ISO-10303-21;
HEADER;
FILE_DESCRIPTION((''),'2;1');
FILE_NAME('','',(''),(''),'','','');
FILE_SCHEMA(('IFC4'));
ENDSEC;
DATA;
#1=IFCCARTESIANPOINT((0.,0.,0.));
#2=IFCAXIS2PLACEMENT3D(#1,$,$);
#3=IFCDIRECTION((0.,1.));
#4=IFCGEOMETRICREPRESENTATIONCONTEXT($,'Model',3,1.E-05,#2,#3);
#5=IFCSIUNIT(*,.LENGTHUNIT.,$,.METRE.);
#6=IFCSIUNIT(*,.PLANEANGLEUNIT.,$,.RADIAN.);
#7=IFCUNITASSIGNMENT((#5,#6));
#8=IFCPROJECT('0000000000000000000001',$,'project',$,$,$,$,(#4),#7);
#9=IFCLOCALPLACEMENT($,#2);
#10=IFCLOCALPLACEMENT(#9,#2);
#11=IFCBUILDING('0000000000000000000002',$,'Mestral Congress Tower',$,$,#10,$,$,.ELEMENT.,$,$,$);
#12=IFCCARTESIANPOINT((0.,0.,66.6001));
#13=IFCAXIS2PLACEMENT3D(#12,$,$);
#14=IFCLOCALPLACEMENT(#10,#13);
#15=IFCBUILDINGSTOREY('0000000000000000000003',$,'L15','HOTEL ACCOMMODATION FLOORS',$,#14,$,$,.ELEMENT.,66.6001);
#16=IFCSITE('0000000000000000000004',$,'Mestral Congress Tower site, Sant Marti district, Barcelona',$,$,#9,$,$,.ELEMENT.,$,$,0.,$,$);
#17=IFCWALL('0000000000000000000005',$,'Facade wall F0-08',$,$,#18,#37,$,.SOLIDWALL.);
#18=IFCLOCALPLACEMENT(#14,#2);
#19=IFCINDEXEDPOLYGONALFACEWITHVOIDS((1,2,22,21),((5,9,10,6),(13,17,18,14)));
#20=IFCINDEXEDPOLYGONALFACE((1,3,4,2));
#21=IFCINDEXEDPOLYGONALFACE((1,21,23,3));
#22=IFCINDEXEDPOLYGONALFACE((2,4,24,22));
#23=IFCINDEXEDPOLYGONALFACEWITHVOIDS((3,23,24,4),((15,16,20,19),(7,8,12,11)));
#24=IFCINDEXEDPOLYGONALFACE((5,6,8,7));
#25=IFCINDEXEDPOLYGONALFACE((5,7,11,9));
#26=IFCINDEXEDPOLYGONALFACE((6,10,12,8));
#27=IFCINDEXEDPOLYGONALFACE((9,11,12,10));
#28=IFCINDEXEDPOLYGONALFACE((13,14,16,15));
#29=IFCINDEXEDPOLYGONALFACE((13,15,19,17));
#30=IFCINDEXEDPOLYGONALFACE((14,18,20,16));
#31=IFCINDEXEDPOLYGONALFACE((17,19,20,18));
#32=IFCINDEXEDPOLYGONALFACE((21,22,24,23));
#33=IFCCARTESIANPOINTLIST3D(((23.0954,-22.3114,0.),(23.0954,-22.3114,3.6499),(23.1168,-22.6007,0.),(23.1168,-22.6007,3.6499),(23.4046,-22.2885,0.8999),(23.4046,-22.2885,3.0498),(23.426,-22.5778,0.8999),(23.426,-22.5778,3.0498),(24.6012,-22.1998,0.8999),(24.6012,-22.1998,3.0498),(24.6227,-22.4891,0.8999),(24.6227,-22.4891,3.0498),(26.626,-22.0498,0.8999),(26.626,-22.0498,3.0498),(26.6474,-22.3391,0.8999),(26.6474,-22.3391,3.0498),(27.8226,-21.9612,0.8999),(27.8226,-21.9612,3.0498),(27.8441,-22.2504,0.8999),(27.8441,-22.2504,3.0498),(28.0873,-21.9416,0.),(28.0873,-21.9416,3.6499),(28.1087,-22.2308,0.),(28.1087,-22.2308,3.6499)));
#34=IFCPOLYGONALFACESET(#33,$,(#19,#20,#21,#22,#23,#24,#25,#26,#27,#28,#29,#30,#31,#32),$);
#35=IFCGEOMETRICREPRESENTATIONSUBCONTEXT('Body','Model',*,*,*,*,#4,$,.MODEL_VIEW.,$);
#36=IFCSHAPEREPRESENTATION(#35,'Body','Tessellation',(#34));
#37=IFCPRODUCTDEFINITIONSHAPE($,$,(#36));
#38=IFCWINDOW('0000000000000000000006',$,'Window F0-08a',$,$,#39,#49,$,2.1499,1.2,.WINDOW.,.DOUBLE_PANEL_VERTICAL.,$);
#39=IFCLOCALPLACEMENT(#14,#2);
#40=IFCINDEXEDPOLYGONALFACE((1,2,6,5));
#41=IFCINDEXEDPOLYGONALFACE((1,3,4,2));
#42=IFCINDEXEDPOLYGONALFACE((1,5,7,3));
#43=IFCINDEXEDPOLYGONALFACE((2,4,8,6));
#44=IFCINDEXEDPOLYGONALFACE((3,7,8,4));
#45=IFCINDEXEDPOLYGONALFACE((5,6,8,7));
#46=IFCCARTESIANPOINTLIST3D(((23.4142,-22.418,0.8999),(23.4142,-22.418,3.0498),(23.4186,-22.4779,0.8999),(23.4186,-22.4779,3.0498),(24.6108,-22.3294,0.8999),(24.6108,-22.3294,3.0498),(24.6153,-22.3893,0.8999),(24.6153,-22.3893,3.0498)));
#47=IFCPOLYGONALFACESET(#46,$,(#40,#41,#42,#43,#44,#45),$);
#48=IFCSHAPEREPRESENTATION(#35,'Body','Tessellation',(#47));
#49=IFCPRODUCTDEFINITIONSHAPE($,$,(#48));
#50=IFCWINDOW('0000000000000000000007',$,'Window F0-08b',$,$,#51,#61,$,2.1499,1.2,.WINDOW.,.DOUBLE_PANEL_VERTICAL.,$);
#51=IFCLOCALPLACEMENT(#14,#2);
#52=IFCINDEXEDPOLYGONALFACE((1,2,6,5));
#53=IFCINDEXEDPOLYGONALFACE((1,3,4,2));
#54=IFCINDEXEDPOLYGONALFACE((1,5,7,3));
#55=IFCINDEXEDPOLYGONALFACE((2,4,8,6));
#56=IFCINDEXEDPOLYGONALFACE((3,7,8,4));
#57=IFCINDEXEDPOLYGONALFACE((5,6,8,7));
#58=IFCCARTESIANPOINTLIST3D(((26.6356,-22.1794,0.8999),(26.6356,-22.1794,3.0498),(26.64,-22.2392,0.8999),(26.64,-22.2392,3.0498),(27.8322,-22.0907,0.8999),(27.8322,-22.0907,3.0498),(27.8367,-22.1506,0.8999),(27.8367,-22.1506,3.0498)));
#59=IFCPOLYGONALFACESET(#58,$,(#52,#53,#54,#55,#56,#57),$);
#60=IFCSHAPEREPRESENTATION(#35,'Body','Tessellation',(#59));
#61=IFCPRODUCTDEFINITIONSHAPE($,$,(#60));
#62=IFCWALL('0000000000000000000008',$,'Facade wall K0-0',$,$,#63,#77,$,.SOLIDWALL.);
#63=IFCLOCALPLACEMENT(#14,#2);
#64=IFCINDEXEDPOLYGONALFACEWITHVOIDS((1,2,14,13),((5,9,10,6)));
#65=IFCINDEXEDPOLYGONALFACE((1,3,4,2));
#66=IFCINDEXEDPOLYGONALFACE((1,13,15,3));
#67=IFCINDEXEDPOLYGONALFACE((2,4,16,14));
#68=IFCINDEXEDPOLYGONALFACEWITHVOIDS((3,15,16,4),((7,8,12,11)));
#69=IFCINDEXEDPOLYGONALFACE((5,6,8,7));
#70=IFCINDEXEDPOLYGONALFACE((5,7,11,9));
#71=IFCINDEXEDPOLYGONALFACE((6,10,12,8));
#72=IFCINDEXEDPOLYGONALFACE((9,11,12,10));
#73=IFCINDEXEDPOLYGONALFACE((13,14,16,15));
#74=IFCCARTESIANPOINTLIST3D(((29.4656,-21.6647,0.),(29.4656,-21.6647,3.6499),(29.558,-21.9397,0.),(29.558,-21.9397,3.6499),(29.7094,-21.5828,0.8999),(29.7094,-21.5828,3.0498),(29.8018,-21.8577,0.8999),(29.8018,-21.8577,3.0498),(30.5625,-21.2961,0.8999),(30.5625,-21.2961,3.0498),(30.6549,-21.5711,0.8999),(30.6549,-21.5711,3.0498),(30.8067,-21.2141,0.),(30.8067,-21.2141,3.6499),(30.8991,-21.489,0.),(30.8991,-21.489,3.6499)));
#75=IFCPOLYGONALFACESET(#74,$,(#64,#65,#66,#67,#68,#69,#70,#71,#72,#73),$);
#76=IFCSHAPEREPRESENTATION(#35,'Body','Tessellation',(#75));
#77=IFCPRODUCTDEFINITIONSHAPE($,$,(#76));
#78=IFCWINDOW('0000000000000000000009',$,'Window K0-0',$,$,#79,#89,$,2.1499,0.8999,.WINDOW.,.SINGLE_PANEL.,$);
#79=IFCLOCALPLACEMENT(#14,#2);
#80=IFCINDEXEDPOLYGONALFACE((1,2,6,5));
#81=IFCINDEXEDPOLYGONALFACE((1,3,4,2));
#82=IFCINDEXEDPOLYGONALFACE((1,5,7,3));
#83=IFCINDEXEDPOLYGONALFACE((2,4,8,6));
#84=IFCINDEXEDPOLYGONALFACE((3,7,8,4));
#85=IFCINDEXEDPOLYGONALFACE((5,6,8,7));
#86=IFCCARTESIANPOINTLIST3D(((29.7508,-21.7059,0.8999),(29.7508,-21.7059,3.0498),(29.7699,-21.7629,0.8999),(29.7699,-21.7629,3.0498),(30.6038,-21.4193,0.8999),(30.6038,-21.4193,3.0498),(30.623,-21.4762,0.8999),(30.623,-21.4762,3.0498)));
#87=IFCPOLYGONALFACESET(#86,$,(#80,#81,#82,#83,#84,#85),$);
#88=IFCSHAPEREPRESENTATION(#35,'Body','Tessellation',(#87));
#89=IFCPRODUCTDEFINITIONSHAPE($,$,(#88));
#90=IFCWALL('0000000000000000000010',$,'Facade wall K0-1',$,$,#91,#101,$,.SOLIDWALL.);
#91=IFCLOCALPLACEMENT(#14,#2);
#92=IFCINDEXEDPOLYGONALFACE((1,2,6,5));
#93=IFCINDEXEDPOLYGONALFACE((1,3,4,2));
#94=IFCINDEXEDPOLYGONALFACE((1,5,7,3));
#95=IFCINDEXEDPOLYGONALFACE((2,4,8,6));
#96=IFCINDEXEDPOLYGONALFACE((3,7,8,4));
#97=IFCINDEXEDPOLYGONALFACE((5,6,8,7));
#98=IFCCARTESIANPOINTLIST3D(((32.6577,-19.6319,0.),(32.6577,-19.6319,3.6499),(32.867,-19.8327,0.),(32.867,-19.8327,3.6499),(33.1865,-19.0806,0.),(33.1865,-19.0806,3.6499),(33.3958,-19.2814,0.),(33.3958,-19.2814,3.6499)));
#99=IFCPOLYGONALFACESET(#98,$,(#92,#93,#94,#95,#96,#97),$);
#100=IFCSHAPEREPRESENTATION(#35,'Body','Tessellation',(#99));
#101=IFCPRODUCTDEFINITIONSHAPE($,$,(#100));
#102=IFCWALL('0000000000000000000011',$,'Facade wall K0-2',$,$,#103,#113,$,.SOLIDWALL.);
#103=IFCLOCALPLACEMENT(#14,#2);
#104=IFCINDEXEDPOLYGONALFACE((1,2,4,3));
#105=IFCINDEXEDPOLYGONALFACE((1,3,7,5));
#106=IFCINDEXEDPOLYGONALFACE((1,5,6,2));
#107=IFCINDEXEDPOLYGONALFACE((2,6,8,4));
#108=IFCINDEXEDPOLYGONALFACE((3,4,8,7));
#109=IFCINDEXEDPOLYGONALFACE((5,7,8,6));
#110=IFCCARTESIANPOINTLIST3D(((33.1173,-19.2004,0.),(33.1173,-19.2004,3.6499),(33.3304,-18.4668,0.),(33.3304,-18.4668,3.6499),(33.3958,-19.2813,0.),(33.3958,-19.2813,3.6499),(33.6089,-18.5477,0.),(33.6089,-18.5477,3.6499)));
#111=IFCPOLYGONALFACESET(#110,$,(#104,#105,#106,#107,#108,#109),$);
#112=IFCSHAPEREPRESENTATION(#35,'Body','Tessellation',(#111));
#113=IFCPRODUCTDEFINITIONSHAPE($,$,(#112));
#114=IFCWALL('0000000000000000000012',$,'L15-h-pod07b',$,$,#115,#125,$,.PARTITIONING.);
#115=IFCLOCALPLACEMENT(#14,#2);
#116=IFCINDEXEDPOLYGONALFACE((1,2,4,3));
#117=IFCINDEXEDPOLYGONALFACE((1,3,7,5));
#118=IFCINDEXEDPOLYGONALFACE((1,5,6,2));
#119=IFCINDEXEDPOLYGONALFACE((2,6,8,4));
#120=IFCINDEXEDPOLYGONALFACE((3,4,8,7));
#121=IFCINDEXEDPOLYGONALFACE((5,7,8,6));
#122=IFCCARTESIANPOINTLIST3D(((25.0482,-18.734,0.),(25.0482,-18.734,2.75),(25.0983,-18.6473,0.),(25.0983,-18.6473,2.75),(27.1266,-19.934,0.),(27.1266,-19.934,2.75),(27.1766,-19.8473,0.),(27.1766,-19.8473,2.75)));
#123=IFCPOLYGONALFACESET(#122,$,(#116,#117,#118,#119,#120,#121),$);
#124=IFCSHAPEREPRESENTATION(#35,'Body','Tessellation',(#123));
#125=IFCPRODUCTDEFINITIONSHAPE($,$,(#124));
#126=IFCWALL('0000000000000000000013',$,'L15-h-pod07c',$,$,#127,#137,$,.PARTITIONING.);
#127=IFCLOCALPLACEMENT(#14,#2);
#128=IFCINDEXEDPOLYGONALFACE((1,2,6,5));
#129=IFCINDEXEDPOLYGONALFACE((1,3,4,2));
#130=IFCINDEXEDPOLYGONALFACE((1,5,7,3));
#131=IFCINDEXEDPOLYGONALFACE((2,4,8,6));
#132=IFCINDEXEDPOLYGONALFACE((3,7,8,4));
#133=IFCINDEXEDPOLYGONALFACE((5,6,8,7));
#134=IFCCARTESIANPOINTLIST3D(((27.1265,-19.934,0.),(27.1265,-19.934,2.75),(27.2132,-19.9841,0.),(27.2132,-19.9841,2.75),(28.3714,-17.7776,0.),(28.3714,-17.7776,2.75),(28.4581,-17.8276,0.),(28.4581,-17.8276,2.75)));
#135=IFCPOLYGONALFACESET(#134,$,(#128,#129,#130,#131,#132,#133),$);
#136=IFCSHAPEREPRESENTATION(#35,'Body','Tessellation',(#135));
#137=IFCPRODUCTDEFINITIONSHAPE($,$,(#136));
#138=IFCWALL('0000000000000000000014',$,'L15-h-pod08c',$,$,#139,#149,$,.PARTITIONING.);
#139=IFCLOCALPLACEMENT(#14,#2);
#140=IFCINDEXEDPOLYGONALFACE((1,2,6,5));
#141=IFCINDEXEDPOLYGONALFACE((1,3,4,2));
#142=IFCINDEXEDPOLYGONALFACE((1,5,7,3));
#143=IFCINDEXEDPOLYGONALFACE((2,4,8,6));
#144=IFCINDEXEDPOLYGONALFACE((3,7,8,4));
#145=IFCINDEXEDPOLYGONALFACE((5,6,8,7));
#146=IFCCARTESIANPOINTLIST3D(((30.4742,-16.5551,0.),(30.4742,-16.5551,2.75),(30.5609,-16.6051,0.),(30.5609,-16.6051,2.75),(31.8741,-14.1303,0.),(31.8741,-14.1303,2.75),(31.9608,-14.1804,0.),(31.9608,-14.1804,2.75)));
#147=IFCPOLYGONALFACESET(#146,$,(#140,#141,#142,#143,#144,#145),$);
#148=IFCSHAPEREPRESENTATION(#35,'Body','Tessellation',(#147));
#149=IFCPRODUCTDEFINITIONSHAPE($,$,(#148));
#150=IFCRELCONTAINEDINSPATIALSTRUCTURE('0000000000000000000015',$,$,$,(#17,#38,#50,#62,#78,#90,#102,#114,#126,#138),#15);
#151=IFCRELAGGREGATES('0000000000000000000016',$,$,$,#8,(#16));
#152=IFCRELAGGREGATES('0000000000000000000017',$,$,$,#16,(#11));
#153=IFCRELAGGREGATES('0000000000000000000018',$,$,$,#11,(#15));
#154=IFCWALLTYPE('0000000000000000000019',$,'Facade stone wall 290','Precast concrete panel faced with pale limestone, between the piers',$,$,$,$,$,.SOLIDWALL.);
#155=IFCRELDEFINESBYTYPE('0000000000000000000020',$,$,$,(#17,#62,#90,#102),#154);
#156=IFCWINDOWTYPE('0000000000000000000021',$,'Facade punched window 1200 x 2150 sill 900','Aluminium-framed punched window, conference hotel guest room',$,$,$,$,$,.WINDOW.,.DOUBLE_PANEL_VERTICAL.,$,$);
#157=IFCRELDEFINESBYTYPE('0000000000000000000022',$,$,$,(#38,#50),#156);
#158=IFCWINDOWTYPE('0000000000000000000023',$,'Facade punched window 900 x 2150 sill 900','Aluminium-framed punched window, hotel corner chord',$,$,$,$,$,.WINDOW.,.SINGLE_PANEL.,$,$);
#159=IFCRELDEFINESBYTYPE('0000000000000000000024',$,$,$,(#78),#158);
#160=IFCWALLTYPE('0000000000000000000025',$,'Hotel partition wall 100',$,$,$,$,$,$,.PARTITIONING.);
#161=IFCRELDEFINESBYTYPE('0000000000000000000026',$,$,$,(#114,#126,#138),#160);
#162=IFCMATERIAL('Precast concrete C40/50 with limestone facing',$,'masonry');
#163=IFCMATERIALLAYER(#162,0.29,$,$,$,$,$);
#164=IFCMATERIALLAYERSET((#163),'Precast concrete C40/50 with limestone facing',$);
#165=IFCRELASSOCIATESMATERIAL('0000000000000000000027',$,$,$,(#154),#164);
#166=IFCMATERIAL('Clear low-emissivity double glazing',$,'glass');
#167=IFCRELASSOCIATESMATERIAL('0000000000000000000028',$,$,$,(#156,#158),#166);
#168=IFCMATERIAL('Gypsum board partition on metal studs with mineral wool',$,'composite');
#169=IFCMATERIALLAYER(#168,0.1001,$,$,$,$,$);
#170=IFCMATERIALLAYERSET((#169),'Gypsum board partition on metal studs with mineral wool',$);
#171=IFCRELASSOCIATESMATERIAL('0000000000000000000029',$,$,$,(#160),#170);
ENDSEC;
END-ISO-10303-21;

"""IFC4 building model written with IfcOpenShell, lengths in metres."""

from ifc_helpers import new_model, si_unit, direction, frame, frame_2d, origin, place, context, subcontext, project, spatial, rectangle, extrude, material, layer, layer_set, type_object, element, fill, save


model = new_model("IFC4")

# Units and contexts
model_context = context("Model", 3, precision=1e-05, world=origin(), true_north=direction((0.0, 1.0)))
body_context = subcontext(model_context, "Body", "Model", "MODEL_VIEW")
ifc_project = project(units=[si_unit("LENGTHUNIT", "METRE"), si_unit("PLANEANGLEUNIT", "RADIAN")], contexts=[model_context])

# Site, building, storey
site_placement = place(None, origin())
site = spatial("IfcSite", under=ifc_project, at=site_placement, Name="Mestral Congress Tower site, Sant Marti district, Barcelona", CompositionType="ELEMENT", RefElevation=0.0)
building_placement = place(site_placement, origin())
building = spatial("IfcBuilding", under=site, at=building_placement, Name="Mestral Congress Tower", CompositionType="ELEMENT")
storey_placement = place(building_placement, frame((0.0, 0.0, 66.6001)))
storey = spatial("IfcBuildingStorey", under=building, at=storey_placement, Name="L15", Description="HOTEL ACCOMMODATION FLOORS", CompositionType="ELEMENT", Elevation=66.6001)

# Wall, openings, windows
ifc_material_1 = material(Name="Precast concrete C40/50 with limestone facing", Category="masonry")
ifc_layer_1 = layer(ifc_material_1, 0.29)
ifc_layer_set_1 = layer_set([ifc_layer_1], Name="Precast concrete C40/50 with limestone facing")
wall_type_1 = type_object("IfcWallType", Name="Facade stone wall 290", Description="Precast concrete panel faced with pale limestone, between the piers", PredefinedType="SOLIDWALL", material=ifc_layer_set_1)
ifc_material_2 = material(Name="Clear low-emissivity double glazing", Category="glass")
window_type_1 = type_object("IfcWindowType", Name="Facade punched window 1200 x 2150 sill 900", Description="Aluminium-framed punched window, conference hotel guest room", PartitioningType="DOUBLE_PANEL_VERTICAL", PredefinedType="WINDOW", material=ifc_material_2)
wall_1_placement = place(storey_placement, frame((23.106, -22.4561, 0.0), z_axis=(0.0, 0.0, 1.0), x_axis=(0.997266, 0.073891, 0.0)))
wall_1 = element("IfcWall", 1, at=wall_1_placement, inside=storey, type_object=wall_type_1, Name="Facade wall F0-08", PredefinedType="SOLIDWALL", context=body_context, shape_type="SweptSolid", body=[
    extrude(rectangle(XDim=5.0056, YDim=0.29, at=frame_2d((2.5029, 0.0))), origin(), (0.0, 0.0, 1.0), 3.6499),
])
opening_1_placement = place(wall_1_placement, frame((0.3101, 0.0, 0.8999)))
opening_1 = element("IfcOpeningElement", 2, at=opening_1_placement, cuts=wall_1, PredefinedType="OPENING", context=body_context, shape_type="SweptSolid", body=[
    extrude(rectangle(XDim=1.2, YDim=2.1499, at=frame_2d((0.6001, 1.075))), frame((0.0, 0.155, 0.0), z_axis=(0.0, -1.0, 0.0), x_axis=(1.0, 0.0, 0.0)), (0.0, 0.0, 1.0), 0.3101),
])
opening_2_placement = place(wall_1_placement, frame((3.5403, 0.0, 0.8999)))
opening_2 = element("IfcOpeningElement", 3, at=opening_2_placement, cuts=wall_1, PredefinedType="OPENING", context=body_context, shape_type="SweptSolid", body=[
    extrude(rectangle(XDim=1.2, YDim=2.1499, at=frame_2d((0.6001, 1.075))), frame((0.0, 0.155, 0.0), z_axis=(0.0, -1.0, 0.0), x_axis=(1.0, 0.0, 0.0)), (0.0, 0.0, 1.0), 0.3101),
])
window_1_placement = place(opening_1_placement, origin())
window_1 = element("IfcWindow", 4, at=window_1_placement, inside=storey, type_object=window_type_1, Name="Window F0-08a", OverallHeight=2.1499, OverallWidth=1.2, PartitioningType="DOUBLE_PANEL_VERTICAL", PredefinedType="WINDOW", context=body_context, shape_type="SweptSolid", body=[
    extrude(rectangle(XDim=1.2, YDim=2.1499, at=frame_2d((0.6001, 1.075))), frame((0.0, 0.0151, 0.0), z_axis=(0.0, -1.0, 0.0), x_axis=(1.0, 0.0, 0.0)), (0.0, 0.0, 1.0), 0.0601),
])
fill(opening_1, window_1)
window_2_placement = place(opening_2_placement, origin())
window_2 = element("IfcWindow", 5, at=window_2_placement, inside=storey, type_object=window_type_1, Name="Window F0-08b", OverallHeight=2.1499, OverallWidth=1.2, PartitioningType="DOUBLE_PANEL_VERTICAL", PredefinedType="WINDOW", context=body_context, shape_type="SweptSolid", body=[
    extrude(rectangle(XDim=1.2, YDim=2.1499, at=frame_2d((0.6001, 1.075))), frame((0.0, 0.0151, 0.0), z_axis=(0.0, -1.0, 0.0), x_axis=(1.0, 0.0, 0.0)), (0.0, 0.0, 1.0), 0.0601),
])
fill(opening_2, window_2)

# Wall, opening, window
wall_2_placement = place(storey_placement, frame((29.5117, -21.8022, 0.0), z_axis=(0.0, 0.0, 1.0), x_axis=(0.947904, 0.318556, 0.0)))
wall_2 = element("IfcWall", 6, at=wall_2_placement, inside=storey, type_object=wall_type_1, Name="Facade wall K0-0", PredefinedType="SOLIDWALL", context=body_context, shape_type="SweptSolid", body=[
    extrude(rectangle(XDim=1.4148, YDim=0.29, at=frame_2d((0.7075, 0.0))), origin(), (0.0, 0.0, 1.0), 3.6499),
])
opening_3_placement = place(wall_2_placement, frame((0.2573, 0.0, 0.8999)))
opening_3 = element("IfcOpeningElement", 7, at=opening_3_placement, cuts=wall_2, PredefinedType="OPENING", context=body_context, shape_type="SweptSolid", body=[
    extrude(rectangle(XDim=0.8999, YDim=2.1499, at=frame_2d((0.45, 1.075))), frame((0.0, 0.155, 0.0), z_axis=(0.0, -1.0, 0.0), x_axis=(1.0, 0.0, 0.0)), (0.0, 0.0, 1.0), 0.3101),
])
window_type_2 = type_object("IfcWindowType", Name="Facade punched window 900 x 2150 sill 900", Description="Aluminium-framed punched window, hotel corner chord", PartitioningType="SINGLE_PANEL", PredefinedType="WINDOW", material=ifc_material_2)
window_3_placement = place(opening_3_placement, origin())
window_3 = element("IfcWindow", 8, at=window_3_placement, inside=storey, type_object=window_type_2, Name="Window K0-0", OverallHeight=2.1499, OverallWidth=0.8999, PartitioningType="SINGLE_PANEL", PredefinedType="WINDOW", context=body_context, shape_type="SweptSolid", body=[
    extrude(rectangle(XDim=0.8999, YDim=2.1499, at=frame_2d((0.45, 1.075))), frame((0.0, 0.0151, 0.0), z_axis=(0.0, -1.0, 0.0), x_axis=(1.0, 0.0, 0.0)), (0.0, 0.0, 1.0), 0.0601),
])
fill(opening_3, window_3)

# Walls
for number, where, z_axis, x_axis, name in (
    (9, (32.7625, -19.7322, 0.0), (0.0, 0.0, 1.0), (0.692252, 0.721656, 0.0), "Facade wall K0-1"),
    (10, (33.2566, -19.2407, 0.0), (0.0, 0.0, 1.0), (0.278981, 0.960297, 0.0), "Facade wall K0-2"),
):
    element("IfcWall", number, at=place(storey_placement, frame(where, z_axis=z_axis, x_axis=x_axis)), inside=storey, type_object=wall_type_1, Name=name, PredefinedType="SOLIDWALL", context=body_context, shape_type="SweptSolid", body=[
        extrude(rectangle(XDim=0.7639, YDim=0.29, at=frame_2d((0.3818, 0.0))), origin(), (0.0, 0.0, 1.0), 3.6499),
    ])
ifc_material_3 = material(Name="Gypsum board partition on metal studs with mineral wool", Category="composite")
ifc_layer_2 = layer(ifc_material_3, 0.1001)
ifc_layer_set_2 = layer_set([ifc_layer_2], Name="Gypsum board partition on metal studs with mineral wool")
wall_type_2 = type_object("IfcWallType", Name="Hotel partition wall 100", PredefinedType="PARTITIONING", material=ifc_layer_set_2)
wall_3_placement = place(storey_placement, frame((25.0732, -18.6907, 0.0), z_axis=(0.0, 0.0, 1.0), x_axis=(0.866025, -0.500001, 0.0)))
element("IfcWall", 11, at=wall_3_placement, inside=storey, type_object=wall_type_2, Name="L15-h-pod07b", PredefinedType="PARTITIONING", context=body_context, shape_type="SweptSolid", body=[
    extrude(rectangle(XDim=2.3999, YDim=0.1001, at=frame_2d((1.2, 0.0))), origin(), (0.0, 0.0, 1.0), 2.75),
])
wall_4_placement = place(storey_placement, frame((28.4148, -17.8025, 0.0), z_axis=(0.0, 0.0, 1.0), x_axis=(-0.499946, -0.866057, 0.0)))
element("IfcWall", 12, at=wall_4_placement, inside=storey, type_object=wall_type_2, Name="L15-h-pod07c", PredefinedType="PARTITIONING", context=body_context, shape_type="SweptSolid", body=[
    extrude(rectangle(XDim=2.49, YDim=0.1001, at=frame_2d((1.2451, 0.0))), origin(), (0.0, 0.0, 1.0), 2.75),
])
wall_5_placement = place(storey_placement, frame((30.5176, -16.5801, 0.0), z_axis=(0.0, 0.0, 1.0), x_axis=(0.499984, 0.866035, 0.0)))
element("IfcWall", 13, at=wall_5_placement, inside=storey, type_object=wall_type_2, Name="L15-h-pod08c", PredefinedType="PARTITIONING", context=body_context, shape_type="SweptSolid", body=[
    extrude(rectangle(XDim=2.7998, YDim=0.1001, at=frame_2d((1.3999, 0.0))), origin(), (0.0, 0.0, 1.0), 2.75),
])

save(model, "model.ifc")
